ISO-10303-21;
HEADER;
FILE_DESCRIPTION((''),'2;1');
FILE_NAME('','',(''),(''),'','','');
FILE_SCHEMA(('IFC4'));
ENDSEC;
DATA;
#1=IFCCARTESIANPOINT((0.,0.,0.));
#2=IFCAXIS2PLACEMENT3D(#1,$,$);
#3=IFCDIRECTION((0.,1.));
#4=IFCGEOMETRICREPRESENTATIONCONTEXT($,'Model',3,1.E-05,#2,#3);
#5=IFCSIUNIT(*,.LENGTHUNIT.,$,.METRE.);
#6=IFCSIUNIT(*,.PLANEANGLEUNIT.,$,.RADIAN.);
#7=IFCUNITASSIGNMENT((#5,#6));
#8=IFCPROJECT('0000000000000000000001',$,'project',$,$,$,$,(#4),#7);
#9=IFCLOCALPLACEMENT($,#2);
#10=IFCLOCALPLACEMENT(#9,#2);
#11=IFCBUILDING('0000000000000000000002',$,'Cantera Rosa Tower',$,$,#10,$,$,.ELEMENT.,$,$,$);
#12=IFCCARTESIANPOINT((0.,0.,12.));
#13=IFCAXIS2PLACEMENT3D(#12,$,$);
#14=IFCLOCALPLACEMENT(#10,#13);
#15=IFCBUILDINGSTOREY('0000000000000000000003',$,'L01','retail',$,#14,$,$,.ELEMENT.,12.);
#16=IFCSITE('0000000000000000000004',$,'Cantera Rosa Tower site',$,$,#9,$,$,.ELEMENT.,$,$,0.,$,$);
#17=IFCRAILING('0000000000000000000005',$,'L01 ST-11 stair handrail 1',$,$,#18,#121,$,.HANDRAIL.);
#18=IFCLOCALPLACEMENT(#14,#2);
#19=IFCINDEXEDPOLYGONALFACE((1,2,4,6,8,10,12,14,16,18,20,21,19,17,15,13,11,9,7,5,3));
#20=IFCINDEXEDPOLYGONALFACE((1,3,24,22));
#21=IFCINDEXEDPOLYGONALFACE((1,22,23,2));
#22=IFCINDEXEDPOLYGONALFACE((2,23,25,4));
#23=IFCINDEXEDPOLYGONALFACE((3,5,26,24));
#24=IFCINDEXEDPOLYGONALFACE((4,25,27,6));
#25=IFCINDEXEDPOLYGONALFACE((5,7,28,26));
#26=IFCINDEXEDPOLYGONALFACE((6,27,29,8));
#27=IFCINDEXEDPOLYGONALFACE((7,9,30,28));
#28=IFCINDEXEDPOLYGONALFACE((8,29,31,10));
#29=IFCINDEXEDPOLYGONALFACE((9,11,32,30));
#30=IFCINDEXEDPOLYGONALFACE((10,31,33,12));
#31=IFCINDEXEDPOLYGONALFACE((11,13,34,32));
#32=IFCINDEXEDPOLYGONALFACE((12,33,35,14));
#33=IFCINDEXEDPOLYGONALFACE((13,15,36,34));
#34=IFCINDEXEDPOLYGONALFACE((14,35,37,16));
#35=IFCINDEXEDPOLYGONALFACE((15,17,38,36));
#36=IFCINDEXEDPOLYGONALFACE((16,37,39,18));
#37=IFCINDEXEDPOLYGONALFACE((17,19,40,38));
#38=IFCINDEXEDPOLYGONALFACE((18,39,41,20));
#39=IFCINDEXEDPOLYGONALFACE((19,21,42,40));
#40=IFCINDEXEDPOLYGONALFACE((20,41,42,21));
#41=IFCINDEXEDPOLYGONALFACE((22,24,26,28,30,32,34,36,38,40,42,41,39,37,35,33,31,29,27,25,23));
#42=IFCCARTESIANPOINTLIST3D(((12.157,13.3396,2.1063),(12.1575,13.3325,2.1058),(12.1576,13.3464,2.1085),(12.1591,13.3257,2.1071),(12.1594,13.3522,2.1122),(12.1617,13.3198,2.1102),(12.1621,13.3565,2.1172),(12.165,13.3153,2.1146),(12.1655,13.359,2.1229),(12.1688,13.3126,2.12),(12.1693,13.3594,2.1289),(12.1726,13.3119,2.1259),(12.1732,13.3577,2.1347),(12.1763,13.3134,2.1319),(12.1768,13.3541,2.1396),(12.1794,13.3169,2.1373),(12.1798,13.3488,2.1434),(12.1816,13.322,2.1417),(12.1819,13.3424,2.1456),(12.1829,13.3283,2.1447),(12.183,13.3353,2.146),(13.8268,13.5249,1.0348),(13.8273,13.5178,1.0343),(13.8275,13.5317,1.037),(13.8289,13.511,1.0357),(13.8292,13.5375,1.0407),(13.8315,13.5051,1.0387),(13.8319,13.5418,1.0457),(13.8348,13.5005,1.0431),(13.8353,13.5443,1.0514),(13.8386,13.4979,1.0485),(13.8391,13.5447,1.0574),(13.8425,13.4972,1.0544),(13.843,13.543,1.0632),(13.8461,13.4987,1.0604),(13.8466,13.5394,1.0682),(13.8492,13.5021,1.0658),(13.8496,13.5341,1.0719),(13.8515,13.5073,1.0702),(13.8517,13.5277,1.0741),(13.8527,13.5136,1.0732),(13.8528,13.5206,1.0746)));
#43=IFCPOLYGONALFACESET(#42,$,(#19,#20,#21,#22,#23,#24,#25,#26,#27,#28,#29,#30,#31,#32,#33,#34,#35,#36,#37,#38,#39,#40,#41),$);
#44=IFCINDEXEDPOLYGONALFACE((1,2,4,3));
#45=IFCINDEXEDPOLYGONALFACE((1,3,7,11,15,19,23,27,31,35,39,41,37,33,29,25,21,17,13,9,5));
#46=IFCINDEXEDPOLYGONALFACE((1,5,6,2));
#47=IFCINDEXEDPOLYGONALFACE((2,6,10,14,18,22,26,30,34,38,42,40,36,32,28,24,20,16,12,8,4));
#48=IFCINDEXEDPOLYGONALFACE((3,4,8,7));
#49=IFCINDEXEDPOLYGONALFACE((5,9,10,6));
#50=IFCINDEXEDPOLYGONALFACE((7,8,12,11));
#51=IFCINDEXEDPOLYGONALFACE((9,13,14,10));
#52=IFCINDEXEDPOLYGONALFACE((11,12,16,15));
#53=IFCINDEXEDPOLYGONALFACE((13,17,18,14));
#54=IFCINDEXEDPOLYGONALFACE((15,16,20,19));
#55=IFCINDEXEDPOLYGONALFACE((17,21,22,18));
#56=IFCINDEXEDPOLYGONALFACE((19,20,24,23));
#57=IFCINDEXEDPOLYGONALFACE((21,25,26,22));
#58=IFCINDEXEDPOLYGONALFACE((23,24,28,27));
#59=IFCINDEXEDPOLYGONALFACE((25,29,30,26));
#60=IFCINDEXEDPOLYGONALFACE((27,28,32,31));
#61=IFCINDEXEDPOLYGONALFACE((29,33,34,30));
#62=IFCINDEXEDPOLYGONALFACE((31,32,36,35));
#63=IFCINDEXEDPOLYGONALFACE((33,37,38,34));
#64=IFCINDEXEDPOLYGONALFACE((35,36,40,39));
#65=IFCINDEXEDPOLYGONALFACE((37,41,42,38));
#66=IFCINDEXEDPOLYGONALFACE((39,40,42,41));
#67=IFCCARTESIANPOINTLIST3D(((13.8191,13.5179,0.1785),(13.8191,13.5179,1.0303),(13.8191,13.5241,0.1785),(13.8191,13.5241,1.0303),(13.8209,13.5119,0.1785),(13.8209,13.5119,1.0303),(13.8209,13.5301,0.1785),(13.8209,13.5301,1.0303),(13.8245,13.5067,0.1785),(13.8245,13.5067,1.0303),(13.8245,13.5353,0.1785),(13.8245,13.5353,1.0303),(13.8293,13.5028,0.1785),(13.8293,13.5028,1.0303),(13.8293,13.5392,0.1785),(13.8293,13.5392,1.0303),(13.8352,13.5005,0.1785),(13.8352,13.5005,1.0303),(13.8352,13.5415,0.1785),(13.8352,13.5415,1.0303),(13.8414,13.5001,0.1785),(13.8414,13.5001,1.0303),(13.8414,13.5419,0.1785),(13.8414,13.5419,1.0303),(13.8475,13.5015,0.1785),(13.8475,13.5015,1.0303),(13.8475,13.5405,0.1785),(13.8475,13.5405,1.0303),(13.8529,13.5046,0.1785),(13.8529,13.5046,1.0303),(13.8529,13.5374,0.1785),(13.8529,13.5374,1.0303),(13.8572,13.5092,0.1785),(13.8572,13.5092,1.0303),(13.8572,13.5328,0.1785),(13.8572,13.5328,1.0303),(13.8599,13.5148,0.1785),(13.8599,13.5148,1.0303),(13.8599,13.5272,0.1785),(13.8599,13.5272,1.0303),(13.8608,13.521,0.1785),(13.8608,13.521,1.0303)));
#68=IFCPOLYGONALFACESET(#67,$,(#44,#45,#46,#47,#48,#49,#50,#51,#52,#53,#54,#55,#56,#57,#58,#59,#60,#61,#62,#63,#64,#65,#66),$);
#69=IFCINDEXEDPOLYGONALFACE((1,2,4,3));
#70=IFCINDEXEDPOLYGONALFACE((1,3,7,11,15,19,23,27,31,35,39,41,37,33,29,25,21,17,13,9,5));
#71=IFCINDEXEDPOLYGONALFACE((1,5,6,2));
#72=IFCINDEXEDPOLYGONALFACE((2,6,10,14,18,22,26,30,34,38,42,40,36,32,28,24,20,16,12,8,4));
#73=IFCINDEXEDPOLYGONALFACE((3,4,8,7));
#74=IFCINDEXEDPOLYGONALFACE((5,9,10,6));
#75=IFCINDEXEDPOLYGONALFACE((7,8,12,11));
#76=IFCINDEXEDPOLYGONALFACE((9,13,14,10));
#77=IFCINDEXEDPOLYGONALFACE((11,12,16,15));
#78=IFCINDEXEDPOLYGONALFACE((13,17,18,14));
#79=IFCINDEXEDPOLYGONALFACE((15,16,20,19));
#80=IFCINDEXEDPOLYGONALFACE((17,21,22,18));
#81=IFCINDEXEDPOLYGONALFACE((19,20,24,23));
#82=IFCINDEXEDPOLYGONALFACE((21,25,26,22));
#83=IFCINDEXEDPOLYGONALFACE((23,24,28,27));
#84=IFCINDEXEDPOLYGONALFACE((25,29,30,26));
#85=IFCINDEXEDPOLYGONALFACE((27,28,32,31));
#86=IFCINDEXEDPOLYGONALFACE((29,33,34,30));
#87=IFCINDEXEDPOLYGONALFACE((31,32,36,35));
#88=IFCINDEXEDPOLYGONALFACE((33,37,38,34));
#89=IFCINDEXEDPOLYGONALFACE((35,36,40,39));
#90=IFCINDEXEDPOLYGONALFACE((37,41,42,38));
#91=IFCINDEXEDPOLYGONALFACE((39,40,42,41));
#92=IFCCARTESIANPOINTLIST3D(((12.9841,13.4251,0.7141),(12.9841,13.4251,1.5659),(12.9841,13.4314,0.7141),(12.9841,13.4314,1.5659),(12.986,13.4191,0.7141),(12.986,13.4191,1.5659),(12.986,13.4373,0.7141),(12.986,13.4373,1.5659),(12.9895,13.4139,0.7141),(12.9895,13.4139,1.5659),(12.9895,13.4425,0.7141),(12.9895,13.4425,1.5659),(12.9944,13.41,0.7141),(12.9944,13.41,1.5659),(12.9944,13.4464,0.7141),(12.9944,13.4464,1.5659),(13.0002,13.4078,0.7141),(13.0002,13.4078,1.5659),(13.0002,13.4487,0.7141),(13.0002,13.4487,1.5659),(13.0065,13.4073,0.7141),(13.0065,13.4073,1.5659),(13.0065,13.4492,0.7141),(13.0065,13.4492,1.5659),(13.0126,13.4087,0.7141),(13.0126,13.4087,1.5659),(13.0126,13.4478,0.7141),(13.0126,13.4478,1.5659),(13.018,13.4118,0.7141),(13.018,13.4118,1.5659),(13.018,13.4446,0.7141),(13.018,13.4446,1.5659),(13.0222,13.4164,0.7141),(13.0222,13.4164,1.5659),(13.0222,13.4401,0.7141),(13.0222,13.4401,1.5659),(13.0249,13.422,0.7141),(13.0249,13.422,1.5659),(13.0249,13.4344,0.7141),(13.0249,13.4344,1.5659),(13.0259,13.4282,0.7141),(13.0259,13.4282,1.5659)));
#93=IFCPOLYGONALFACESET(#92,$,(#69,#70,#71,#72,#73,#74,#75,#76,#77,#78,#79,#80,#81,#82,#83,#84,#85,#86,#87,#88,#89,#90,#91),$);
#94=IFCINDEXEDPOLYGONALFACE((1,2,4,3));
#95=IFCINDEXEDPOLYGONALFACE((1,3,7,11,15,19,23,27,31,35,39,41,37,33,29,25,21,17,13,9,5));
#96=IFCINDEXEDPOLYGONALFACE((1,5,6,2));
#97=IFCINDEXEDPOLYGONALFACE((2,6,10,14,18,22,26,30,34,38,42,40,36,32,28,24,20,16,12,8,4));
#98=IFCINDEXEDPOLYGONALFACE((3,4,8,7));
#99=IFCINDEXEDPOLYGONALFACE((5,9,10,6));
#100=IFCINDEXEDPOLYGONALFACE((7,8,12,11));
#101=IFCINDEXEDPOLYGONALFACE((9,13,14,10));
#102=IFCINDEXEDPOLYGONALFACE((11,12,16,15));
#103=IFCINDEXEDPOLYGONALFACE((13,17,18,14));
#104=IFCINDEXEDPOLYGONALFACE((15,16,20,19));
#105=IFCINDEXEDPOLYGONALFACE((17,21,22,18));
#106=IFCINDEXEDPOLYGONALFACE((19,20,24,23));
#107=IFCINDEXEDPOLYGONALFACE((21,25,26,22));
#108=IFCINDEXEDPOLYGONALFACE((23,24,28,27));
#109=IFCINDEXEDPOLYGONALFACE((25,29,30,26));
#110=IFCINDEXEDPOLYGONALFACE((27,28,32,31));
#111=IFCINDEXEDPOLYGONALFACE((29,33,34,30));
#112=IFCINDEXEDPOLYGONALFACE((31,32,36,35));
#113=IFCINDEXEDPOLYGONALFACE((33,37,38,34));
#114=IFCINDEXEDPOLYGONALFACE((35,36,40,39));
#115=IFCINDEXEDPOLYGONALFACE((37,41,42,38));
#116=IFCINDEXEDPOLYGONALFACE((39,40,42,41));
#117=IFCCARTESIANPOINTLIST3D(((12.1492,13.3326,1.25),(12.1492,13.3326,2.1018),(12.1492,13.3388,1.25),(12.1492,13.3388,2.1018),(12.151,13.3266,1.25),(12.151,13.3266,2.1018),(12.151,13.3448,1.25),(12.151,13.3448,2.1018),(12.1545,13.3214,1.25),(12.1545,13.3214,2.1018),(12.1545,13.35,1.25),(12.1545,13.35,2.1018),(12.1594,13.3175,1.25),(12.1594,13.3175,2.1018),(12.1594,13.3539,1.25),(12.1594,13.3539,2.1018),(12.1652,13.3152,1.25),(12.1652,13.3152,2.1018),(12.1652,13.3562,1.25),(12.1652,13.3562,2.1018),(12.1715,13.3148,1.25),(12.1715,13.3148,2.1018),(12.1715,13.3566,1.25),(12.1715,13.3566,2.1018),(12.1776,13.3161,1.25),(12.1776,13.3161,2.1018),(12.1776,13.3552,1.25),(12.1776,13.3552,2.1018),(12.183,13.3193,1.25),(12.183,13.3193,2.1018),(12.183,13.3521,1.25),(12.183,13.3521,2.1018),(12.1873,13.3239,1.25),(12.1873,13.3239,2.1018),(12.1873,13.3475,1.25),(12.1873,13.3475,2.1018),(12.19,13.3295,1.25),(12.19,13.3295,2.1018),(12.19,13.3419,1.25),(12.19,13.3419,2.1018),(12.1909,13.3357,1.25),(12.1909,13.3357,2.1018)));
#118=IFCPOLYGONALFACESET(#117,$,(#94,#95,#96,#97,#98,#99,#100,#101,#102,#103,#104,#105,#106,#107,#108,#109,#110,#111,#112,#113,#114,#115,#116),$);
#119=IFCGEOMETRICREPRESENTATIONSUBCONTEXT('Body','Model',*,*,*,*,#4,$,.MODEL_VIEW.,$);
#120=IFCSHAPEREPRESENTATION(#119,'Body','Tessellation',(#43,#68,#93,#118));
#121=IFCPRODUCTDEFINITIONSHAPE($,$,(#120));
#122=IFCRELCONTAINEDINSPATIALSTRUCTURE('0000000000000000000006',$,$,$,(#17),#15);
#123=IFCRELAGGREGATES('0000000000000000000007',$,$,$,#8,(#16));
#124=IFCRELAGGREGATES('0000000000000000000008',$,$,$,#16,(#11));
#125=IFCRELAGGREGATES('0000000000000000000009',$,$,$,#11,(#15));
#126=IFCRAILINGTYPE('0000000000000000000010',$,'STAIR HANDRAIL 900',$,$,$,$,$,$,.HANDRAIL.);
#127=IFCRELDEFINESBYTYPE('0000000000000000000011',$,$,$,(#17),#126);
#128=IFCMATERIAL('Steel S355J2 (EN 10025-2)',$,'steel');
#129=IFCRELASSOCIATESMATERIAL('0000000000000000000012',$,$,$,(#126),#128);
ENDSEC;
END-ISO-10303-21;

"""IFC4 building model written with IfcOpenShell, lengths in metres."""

from ifc_helpers import new_model, si_unit, direction, frame, origin, origin_2d, place, context, subcontext, project, spatial, circle, extrude, material, type_object, element, save


model = new_model("IFC4")

# Units and contexts
model_context = context("Model", 3, precision=1e-05, world=origin(), true_north=direction((0.0, 1.0)))
body_context = subcontext(model_context, "Body", "Model", "MODEL_VIEW")
ifc_project = project(units=[si_unit("LENGTHUNIT", "METRE"), si_unit("PLANEANGLEUNIT", "RADIAN")], contexts=[model_context])

# Site, building, storey
site_placement = place(None, origin())
site = spatial("IfcSite", under=ifc_project, at=site_placement, Name="Cantera Rosa Tower site", CompositionType="ELEMENT", RefElevation=0.0)
building_placement = place(site_placement, origin())
building = spatial("IfcBuilding", under=site, at=building_placement, Name="Cantera Rosa Tower", CompositionType="ELEMENT")
storey_placement = place(building_placement, frame((0.0, 0.0, 12.0)))
storey = spatial("IfcBuildingStorey", under=building, at=storey_placement, Name="L01", Description="retail", CompositionType="ELEMENT", Elevation=12.0)

# Railing
ifc_material_1 = material(Name="Steel S355J2 (EN 10025-2)", Category="steel")
railing_type_1 = type_object("IfcRailingType", Name="STAIR HANDRAIL 900", PredefinedType="HANDRAIL", material=ifc_material_1)
railing_1_placement = place(storey_placement, frame((13.8398, 13.521, 0.1785)))
element("IfcRailing", 1, at=railing_1_placement, inside=storey, type_object=railing_type_1, Name="L01 ST-11 stair handrail 1", PredefinedType="HANDRAIL", context=body_context, shape_type="SweptSolid", body=[
    extrude(circle(Radius=0.0239, at=origin_2d()), frame((0.0, 0.0, 0.876), z_axis=(-0.837987, -0.092987, 0.537709), x_axis=(0.110288, -0.9939, 0.0)), (0.0, 0.0, 1.0), 1.9927),
    extrude(circle(Radius=0.021, at=origin_2d()), origin(), (0.0, 0.0, 1.0), 0.8518),
    extrude(circle(Radius=0.021, at=origin_2d()), frame((-0.835, -0.0928, 0.5356)), (0.0, 0.0, 1.0), 0.8518),
    extrude(circle(Radius=0.021, at=origin_2d()), frame((-1.6699, -0.1853, 1.0715)), (0.0, 0.0, 1.0), 0.8518),
])

save(model, "model.ifc")
